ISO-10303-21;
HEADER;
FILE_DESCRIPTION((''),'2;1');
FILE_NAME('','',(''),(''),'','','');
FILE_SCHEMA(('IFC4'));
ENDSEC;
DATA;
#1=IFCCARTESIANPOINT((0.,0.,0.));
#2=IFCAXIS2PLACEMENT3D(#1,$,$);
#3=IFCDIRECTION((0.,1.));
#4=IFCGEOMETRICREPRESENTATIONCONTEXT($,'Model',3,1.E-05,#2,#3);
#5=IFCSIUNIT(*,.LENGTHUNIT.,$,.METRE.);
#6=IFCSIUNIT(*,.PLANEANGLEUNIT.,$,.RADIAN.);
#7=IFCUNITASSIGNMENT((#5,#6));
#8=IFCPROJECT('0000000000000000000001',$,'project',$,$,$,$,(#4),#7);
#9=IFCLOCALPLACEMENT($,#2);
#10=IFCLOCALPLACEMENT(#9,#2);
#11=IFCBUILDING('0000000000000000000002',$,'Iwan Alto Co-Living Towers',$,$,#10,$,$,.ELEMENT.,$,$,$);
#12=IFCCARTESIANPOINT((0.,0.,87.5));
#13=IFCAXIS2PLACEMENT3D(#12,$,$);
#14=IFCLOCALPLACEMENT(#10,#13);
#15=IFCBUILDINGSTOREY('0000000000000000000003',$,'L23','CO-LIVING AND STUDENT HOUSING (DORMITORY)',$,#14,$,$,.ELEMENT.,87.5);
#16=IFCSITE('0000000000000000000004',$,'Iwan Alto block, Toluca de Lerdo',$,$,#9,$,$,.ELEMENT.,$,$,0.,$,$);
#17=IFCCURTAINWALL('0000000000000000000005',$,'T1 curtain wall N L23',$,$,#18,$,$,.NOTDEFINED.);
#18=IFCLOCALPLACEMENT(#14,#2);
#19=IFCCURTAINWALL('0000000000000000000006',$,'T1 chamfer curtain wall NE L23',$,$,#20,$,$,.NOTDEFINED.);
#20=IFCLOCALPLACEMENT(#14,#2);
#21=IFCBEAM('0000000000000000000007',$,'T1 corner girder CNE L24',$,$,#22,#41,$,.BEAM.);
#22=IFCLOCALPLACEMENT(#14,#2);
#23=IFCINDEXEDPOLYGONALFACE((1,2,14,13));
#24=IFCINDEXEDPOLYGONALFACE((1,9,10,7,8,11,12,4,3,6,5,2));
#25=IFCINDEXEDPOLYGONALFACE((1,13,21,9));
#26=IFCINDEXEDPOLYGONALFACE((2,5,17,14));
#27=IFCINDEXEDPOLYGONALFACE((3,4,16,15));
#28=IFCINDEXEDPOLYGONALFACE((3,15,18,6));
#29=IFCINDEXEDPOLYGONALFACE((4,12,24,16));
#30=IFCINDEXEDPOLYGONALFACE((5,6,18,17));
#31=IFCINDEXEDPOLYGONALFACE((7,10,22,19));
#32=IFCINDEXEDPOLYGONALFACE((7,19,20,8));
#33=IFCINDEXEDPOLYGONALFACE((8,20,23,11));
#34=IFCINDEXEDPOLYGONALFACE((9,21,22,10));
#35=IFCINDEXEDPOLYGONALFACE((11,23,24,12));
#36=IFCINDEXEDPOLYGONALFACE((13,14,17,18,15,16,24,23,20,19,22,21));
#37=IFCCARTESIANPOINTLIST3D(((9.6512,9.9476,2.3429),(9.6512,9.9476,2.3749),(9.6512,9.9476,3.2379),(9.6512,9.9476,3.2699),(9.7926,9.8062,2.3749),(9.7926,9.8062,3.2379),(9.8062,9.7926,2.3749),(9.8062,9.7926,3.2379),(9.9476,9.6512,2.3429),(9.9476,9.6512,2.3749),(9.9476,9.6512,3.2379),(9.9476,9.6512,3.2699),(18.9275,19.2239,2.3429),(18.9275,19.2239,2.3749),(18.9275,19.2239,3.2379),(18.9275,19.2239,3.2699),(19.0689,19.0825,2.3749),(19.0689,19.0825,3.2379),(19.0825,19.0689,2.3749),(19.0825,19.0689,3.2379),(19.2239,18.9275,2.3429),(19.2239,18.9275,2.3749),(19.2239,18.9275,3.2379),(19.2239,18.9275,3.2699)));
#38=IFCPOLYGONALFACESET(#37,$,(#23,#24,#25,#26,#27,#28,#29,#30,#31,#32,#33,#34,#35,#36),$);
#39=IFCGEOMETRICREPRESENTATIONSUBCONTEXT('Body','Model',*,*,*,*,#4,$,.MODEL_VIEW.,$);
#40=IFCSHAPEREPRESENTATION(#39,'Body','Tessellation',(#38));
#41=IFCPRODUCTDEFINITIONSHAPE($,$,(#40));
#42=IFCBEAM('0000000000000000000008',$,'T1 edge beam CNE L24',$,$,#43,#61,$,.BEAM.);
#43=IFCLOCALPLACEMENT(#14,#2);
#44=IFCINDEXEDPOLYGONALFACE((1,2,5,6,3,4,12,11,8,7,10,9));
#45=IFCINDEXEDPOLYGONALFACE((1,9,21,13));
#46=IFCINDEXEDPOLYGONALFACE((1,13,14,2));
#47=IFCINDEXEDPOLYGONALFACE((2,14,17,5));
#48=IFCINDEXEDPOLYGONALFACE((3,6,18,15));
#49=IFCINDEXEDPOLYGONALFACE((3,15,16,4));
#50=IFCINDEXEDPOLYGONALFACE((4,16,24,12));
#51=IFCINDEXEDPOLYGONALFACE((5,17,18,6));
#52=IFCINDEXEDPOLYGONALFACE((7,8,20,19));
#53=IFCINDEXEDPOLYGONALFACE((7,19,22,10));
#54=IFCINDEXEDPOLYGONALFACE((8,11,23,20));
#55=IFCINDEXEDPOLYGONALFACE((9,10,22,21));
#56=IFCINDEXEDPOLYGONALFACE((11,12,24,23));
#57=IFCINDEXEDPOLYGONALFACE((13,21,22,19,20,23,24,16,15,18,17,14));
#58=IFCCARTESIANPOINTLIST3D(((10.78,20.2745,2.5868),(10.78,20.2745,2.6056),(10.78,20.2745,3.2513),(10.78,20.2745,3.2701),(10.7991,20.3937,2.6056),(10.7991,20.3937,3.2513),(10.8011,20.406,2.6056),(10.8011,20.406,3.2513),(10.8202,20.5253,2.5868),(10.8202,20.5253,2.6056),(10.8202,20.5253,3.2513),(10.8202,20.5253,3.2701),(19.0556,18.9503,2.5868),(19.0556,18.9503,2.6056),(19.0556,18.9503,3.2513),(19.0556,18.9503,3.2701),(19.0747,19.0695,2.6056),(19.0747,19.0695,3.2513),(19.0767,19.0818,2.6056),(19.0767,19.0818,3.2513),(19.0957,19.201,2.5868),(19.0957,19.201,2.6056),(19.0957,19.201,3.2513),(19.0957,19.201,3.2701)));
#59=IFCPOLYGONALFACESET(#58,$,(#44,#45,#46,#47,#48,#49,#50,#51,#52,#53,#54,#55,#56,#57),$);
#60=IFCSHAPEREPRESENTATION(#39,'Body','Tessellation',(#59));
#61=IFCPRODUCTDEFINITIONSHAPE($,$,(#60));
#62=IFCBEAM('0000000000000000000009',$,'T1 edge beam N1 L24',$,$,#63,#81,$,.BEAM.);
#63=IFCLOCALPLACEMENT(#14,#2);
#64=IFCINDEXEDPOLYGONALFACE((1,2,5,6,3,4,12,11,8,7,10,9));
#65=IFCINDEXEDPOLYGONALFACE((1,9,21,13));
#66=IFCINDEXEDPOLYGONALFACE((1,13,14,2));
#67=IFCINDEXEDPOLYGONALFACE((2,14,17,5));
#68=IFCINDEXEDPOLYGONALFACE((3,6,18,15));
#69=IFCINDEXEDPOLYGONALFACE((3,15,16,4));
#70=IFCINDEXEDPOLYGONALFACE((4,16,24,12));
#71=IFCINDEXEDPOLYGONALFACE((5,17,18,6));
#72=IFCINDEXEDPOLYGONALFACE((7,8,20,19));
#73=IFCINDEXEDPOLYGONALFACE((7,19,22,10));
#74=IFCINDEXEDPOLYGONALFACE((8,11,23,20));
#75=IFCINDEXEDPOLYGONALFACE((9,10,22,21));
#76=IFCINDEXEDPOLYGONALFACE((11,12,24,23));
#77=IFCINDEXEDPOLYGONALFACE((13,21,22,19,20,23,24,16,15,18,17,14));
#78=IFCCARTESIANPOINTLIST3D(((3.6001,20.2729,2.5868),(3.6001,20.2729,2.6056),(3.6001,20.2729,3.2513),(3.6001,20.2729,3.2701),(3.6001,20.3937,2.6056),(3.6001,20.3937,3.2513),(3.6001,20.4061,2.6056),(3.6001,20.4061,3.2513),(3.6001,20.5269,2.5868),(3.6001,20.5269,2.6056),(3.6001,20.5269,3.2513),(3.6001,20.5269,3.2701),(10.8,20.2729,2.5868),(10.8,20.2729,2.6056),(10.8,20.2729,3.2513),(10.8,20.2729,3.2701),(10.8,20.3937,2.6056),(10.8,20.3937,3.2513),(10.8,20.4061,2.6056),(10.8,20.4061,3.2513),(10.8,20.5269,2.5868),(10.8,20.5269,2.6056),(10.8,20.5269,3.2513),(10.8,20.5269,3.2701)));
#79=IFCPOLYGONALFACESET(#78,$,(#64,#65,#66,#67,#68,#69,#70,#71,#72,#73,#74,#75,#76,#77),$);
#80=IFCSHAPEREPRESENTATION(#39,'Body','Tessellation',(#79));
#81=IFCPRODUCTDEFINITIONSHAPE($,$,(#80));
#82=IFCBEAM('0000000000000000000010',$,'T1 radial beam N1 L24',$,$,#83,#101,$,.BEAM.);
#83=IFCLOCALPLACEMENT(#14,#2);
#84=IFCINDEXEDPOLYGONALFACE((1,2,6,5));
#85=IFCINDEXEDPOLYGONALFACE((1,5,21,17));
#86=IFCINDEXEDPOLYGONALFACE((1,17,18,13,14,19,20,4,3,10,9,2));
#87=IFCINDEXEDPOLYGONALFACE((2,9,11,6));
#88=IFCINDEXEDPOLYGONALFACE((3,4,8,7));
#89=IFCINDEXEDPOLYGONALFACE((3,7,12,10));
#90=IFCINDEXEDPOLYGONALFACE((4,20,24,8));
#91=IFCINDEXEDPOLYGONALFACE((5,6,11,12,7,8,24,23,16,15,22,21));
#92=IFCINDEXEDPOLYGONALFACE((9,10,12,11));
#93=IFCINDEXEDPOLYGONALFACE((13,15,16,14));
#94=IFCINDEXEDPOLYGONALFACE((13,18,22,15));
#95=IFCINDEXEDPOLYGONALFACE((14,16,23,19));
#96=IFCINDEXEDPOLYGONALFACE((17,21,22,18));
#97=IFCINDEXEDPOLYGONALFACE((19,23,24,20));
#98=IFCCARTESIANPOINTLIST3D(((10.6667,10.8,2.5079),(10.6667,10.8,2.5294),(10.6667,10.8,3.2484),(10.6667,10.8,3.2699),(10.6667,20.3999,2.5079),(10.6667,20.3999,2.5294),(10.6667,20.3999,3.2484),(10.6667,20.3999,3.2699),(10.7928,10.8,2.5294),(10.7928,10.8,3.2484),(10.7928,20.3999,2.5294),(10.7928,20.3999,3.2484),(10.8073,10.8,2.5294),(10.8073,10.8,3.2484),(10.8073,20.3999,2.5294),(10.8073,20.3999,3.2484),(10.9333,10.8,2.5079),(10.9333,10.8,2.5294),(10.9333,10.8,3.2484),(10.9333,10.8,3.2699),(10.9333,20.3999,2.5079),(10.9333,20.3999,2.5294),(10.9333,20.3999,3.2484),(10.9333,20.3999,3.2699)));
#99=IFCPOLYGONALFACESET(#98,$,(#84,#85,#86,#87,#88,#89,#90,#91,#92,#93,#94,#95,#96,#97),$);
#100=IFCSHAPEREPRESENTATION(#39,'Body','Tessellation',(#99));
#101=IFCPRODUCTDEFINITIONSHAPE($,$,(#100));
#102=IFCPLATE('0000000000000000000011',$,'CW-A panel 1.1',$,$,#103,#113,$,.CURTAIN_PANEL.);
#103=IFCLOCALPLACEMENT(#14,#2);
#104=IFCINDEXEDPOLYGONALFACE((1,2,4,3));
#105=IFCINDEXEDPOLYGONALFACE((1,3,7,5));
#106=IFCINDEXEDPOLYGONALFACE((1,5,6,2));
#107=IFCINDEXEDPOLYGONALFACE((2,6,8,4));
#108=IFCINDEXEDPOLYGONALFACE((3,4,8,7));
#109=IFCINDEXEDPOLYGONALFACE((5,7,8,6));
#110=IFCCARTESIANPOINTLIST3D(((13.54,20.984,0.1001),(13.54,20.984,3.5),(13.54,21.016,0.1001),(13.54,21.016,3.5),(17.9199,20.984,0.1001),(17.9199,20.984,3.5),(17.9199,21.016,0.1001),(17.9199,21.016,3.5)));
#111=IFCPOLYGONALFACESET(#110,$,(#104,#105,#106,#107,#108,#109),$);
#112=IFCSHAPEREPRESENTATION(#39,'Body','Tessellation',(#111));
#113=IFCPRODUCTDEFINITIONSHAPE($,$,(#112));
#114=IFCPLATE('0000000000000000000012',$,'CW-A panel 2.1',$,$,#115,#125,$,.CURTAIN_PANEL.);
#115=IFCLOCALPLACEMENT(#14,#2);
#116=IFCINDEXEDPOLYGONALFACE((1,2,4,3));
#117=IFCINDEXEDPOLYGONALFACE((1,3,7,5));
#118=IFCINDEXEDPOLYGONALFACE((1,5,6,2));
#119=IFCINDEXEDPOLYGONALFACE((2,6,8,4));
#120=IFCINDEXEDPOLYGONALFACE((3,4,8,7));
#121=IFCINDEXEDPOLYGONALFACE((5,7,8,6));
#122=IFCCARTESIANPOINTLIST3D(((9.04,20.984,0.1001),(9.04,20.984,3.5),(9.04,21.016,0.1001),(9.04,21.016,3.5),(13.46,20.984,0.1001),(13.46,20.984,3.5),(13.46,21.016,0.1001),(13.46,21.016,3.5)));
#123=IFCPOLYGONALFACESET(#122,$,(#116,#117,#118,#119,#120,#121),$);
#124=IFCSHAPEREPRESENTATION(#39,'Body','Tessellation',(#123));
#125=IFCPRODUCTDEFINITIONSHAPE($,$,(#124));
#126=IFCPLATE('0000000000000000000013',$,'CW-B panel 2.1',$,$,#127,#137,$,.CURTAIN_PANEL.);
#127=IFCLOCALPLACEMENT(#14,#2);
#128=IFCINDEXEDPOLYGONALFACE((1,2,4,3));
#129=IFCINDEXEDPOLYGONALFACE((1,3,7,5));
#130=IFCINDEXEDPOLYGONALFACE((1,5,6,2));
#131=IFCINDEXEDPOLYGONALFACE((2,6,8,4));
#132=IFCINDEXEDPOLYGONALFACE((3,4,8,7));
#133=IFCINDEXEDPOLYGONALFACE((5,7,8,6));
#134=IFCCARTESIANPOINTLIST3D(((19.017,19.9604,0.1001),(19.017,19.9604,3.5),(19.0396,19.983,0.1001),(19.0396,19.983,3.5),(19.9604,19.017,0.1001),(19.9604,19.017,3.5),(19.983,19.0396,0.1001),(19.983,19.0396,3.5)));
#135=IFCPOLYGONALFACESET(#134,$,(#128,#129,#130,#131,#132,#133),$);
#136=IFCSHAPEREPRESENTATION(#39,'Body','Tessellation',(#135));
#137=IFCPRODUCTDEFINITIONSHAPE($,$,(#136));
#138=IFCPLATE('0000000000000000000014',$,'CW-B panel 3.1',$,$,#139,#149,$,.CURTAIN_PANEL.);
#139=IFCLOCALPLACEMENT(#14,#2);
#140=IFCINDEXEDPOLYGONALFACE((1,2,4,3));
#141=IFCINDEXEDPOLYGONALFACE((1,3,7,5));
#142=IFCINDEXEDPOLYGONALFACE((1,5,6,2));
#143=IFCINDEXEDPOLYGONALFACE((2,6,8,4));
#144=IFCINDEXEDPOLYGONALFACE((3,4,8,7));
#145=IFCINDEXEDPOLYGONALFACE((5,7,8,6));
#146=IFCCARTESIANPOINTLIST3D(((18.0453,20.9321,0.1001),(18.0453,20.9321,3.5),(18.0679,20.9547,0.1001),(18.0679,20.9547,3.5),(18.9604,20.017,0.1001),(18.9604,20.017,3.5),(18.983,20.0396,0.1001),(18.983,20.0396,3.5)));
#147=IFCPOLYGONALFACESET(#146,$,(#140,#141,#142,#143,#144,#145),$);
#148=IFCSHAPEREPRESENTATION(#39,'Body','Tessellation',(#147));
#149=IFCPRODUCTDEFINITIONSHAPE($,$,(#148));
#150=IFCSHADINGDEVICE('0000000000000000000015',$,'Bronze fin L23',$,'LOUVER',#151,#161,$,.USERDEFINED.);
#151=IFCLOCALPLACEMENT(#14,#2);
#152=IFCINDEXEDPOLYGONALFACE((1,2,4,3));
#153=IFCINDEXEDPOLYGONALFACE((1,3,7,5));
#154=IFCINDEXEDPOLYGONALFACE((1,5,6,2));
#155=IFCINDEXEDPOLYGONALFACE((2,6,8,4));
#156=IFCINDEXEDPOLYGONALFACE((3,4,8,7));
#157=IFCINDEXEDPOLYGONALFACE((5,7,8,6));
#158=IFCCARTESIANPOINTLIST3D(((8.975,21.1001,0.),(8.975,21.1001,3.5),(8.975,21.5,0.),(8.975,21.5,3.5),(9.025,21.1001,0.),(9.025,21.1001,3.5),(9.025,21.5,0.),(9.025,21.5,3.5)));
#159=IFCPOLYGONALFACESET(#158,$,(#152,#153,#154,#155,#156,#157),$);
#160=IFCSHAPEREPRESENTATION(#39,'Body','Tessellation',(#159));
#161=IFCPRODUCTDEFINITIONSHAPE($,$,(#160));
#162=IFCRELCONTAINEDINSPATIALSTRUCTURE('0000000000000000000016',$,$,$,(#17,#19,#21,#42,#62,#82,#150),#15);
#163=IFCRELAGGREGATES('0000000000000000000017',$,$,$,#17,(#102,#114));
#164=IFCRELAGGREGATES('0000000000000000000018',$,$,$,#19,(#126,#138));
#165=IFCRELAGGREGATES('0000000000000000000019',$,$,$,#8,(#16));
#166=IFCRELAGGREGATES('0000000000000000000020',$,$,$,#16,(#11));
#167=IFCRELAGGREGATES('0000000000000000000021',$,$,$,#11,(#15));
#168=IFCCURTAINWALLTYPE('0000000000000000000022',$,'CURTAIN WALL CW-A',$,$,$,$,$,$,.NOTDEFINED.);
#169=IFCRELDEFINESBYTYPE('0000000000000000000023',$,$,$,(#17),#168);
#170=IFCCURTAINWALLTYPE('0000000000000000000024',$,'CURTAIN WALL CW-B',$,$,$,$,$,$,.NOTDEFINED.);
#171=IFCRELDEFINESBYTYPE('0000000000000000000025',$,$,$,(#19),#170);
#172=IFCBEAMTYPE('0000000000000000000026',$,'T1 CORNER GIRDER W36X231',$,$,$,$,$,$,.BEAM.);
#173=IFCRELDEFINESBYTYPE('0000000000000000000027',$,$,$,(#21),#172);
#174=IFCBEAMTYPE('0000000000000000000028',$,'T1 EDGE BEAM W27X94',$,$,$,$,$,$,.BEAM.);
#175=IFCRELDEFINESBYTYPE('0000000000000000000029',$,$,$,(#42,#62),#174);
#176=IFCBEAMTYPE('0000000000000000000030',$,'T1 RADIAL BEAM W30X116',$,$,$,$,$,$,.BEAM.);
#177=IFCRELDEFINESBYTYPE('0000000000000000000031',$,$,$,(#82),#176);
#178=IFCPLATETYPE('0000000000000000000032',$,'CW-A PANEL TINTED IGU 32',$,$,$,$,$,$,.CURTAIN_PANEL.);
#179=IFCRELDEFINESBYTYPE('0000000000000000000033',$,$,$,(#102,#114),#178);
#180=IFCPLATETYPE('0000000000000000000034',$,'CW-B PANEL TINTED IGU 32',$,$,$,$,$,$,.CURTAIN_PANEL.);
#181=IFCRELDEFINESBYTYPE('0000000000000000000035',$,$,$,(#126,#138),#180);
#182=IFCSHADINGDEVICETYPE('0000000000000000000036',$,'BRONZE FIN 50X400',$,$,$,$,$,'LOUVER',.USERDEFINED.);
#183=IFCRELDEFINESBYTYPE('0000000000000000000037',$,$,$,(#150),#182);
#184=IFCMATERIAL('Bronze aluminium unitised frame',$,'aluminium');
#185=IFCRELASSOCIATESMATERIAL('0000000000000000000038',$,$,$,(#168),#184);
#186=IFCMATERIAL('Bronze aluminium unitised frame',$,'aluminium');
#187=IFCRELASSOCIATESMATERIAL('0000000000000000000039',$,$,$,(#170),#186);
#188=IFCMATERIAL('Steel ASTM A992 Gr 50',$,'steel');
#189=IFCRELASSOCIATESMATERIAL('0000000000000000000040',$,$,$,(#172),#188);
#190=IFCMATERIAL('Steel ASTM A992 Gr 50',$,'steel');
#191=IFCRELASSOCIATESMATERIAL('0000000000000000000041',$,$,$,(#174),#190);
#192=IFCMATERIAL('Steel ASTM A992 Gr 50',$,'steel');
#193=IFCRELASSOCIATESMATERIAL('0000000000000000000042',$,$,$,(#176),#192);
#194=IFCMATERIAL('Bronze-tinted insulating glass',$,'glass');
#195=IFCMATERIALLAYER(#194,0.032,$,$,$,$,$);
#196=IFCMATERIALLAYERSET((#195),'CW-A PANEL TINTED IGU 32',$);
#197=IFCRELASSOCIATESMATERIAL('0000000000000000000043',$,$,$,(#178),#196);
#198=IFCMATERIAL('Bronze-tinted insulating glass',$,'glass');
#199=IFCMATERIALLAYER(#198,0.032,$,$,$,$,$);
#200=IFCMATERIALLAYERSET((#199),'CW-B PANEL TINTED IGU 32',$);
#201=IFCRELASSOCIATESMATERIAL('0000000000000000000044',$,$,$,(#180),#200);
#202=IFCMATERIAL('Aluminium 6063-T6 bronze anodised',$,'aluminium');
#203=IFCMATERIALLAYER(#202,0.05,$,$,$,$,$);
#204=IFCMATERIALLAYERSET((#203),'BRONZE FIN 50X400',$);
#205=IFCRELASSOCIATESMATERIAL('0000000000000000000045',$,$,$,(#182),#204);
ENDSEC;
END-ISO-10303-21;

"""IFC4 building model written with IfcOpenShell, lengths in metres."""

from ifc_helpers import new_model, si_unit, direction, frame, origin, origin_2d, place, context, subcontext, project, spatial, rectangle, i_section, extrude, material, layer, layer_set, material_profile, profile_set, type_object, element, aggregate, save


model = new_model("IFC4")

# Units and contexts
model_context = context("Model", 3, precision=1e-05, world=origin(), true_north=direction((0.0, 1.0)))
body_context = subcontext(model_context, "Body", "Model", "MODEL_VIEW")
ifc_project = project(units=[si_unit("LENGTHUNIT", "METRE"), si_unit("PLANEANGLEUNIT", "RADIAN")], contexts=[model_context])

# Site, building, storey
site_placement = place(None, origin())
site = spatial("IfcSite", under=ifc_project, at=site_placement, Name="Iwan Alto block, Toluca de Lerdo", CompositionType="ELEMENT", RefElevation=0.0)
building_placement = place(site_placement, origin())
building = spatial("IfcBuilding", under=site, at=building_placement, Name="Iwan Alto Co-Living Towers", CompositionType="ELEMENT")
storey_placement = place(building_placement, frame((0.0, 0.0, 87.5)))
storey = spatial("IfcBuildingStorey", under=building, at=storey_placement, Name="L23", Description="CO-LIVING AND STUDENT HOUSING (DORMITORY)", CompositionType="ELEMENT", Elevation=87.5)

# Curtain walls
ifc_material_1 = material(Name="Bronze aluminium unitised frame", Category="aluminium")
curtain_wall_type_1 = type_object("IfcCurtainWallType", Name="CURTAIN WALL CW-A", PredefinedType="NOTDEFINED", material=ifc_material_1)
curtain_wall_1_placement = place(storey_placement, origin())
curtain_wall_1 = element("IfcCurtainWall", 1, at=curtain_wall_1_placement, inside=storey, type_object=curtain_wall_type_1, Name="T1 curtain wall N L23", PredefinedType="NOTDEFINED")
ifc_material_2 = material(Name="Bronze aluminium unitised frame", Category="aluminium")
curtain_wall_type_2 = type_object("IfcCurtainWallType", Name="CURTAIN WALL CW-B", PredefinedType="NOTDEFINED", material=ifc_material_2)
curtain_wall_2_placement = place(storey_placement, origin())
curtain_wall_2 = element("IfcCurtainWall", 2, at=curtain_wall_2_placement, inside=storey, type_object=curtain_wall_type_2, Name="T1 chamfer curtain wall NE L23", PredefinedType="NOTDEFINED")

# Beams
ifc_material_3 = material(Name="Steel ASTM A992 Gr 50", Category="steel")
ifc_material_profile_1 = material_profile(ifc_material_3, i_section(OverallWidth=0.4192, OverallDepth=0.927, WebThickness=0.0193, FlangeThickness=0.032, at=origin_2d()), Name="W36X231")
ifc_profile_set_1 = profile_set([ifc_material_profile_1], Name="Steel ASTM A992 Gr 50")
beam_type_1 = type_object("IfcBeamType", Name="T1 CORNER GIRDER W36X231", PredefinedType="BEAM", material=ifc_profile_set_1)
beam_1_placement = place(storey_placement, frame((19.0757, 19.0757, 2.8064), z_axis=(-0.707107, -0.707107, 0.0), x_axis=(0.707107, -0.707107, 0.0)))
element("IfcBeam", 3, at=beam_1_placement, inside=storey, type_object=beam_type_1, Name="T1 corner girder CNE L24", PredefinedType="BEAM", context=body_context, shape_type="SweptSolid", body=[
    extrude(i_section(OverallWidth=0.4192, OverallDepth=0.927, WebThickness=0.0193, FlangeThickness=0.032, at=origin_2d()), origin(), (0.0, 0.0, 1.0), 13.1187),
])
ifc_material_4 = material(Name="Steel ASTM A992 Gr 50", Category="steel")
ifc_material_profile_2 = material_profile(ifc_material_4, i_section(OverallWidth=0.2539, OverallDepth=0.6833, WebThickness=0.0125, FlangeThickness=0.0188, at=origin_2d()), Name="W27X94")
ifc_profile_set_2 = profile_set([ifc_material_profile_2], Name="Steel ASTM A992 Gr 50")
beam_type_2 = type_object("IfcBeamType", Name="T1 EDGE BEAM W27X94", PredefinedType="BEAM", material=ifc_profile_set_2)
beam_2_placement = place(storey_placement, frame((19.0757, 19.0757, 2.9285), z_axis=(-0.987438, 0.158004, 0.0), x_axis=(-0.158004, -0.987438, 0.0)))
element("IfcBeam", 4, at=beam_2_placement, inside=storey, type_object=beam_type_2, Name="T1 edge beam CNE L24", PredefinedType="BEAM", context=body_context, shape_type="SweptSolid", body=[
    extrude(i_section(OverallWidth=0.2539, OverallDepth=0.6833, WebThickness=0.0125, FlangeThickness=0.0188, at=origin_2d()), origin(), (0.0, 0.0, 1.0), 8.3809),
])
beam_3_placement = place(storey_placement, frame((10.8, 20.3999, 2.9285), z_axis=(-1.0, 0.0, 0.0), x_axis=(0.0, -1.0, 0.0)))
element("IfcBeam", 5, at=beam_3_placement, inside=storey, type_object=beam_type_2, Name="T1 edge beam N1 L24", PredefinedType="BEAM", context=body_context, shape_type="SweptSolid", body=[
    extrude(i_section(OverallWidth=0.2539, OverallDepth=0.6833, WebThickness=0.0125, FlangeThickness=0.0188, at=origin_2d()), origin(), (0.0, 0.0, 1.0), 7.2),
])
ifc_material_5 = material(Name="Steel ASTM A992 Gr 50", Category="steel")
ifc_material_profile_3 = material_profile(ifc_material_5, i_section(OverallWidth=0.2666, OverallDepth=0.762, WebThickness=0.0144, FlangeThickness=0.0215, at=origin_2d()), Name="W30X116")
ifc_profile_set_3 = profile_set([ifc_material_profile_3], Name="Steel ASTM A992 Gr 50")
beam_type_3 = type_object("IfcBeamType", Name="T1 RADIAL BEAM W30X116", PredefinedType="BEAM", material=ifc_profile_set_3)
beam_4_placement = place(storey_placement, frame((10.8, 20.3999, 2.8889), z_axis=(0.0, -1.0, 0.0), x_axis=(1.0, 0.0, 0.0)))
element("IfcBeam", 6, at=beam_4_placement, inside=storey, type_object=beam_type_3, Name="T1 radial beam N1 L24", PredefinedType="BEAM", context=body_context, shape_type="SweptSolid", body=[
    extrude(i_section(OverallWidth=0.2666, OverallDepth=0.762, WebThickness=0.0144, FlangeThickness=0.0215, at=origin_2d()), origin(), (0.0, 0.0, 1.0), 9.5999),
])

# Plates
ifc_material_6 = material(Name="Bronze-tinted insulating glass", Category="glass")
ifc_layer_1 = layer(ifc_material_6, 0.032)
ifc_layer_set_1 = layer_set([ifc_layer_1], Name="CW-A PANEL TINTED IGU 32")
plate_type_1 = type_object("IfcPlateType", Name="CW-A PANEL TINTED IGU 32", PredefinedType="CURTAIN_PANEL", material=ifc_layer_set_1)
plate_1_placement = place(storey_placement, frame((15.73, 21.0, 0.1001), z_axis=(0.0, 0.0, 1.0), x_axis=(-1.0, 0.0, 0.0)))
plate_1 = element("IfcPlate", 7, at=plate_1_placement, type_object=plate_type_1, Name="CW-A panel 1.1", PredefinedType="CURTAIN_PANEL", context=body_context, shape_type="SweptSolid", body=[
    extrude(rectangle(XDim=4.3799, YDim=0.032, at=origin_2d()), origin(), (0.0, 0.0, 1.0), 3.3999),
])
plate_2_placement = place(storey_placement, frame((11.25, 21.0, 0.1001), z_axis=(0.0, 0.0, 1.0), x_axis=(-1.0, 0.0, 0.0)))
plate_2 = element("IfcPlate", 8, at=plate_2_placement, type_object=plate_type_1, Name="CW-A panel 2.1", PredefinedType="CURTAIN_PANEL", context=body_context, shape_type="SweptSolid", body=[
    extrude(rectangle(XDim=4.4199, YDim=0.032, at=origin_2d()), origin(), (0.0, 0.0, 1.0), 3.3999),
])
aggregate(curtain_wall_1, [plate_1, plate_2])
ifc_material_7 = material(Name="Bronze-tinted insulating glass", Category="glass")
ifc_layer_2 = layer(ifc_material_7, 0.032)
ifc_layer_set_2 = layer_set([ifc_layer_2], Name="CW-B PANEL TINTED IGU 32")
plate_type_2 = type_object("IfcPlateType", Name="CW-B PANEL TINTED IGU 32", PredefinedType="CURTAIN_PANEL", material=ifc_layer_set_2)
plate_3_placement = place(storey_placement, frame((19.5, 19.5, 0.1001), z_axis=(0.0, 0.0, 1.0), x_axis=(-0.707107, 0.707107, 0.0)))
plate_3 = element("IfcPlate", 9, at=plate_3_placement, type_object=plate_type_2, Name="CW-B panel 2.1", PredefinedType="CURTAIN_PANEL", context=body_context, shape_type="SweptSolid", body=[
    extrude(rectangle(XDim=1.3342, YDim=0.032, at=origin_2d()), origin(), (0.0, 0.0, 1.0), 3.3999),
])
plate_4_placement = place(storey_placement, frame((18.5142, 20.4858, 0.1001), z_axis=(0.0, 0.0, 1.0), x_axis=(-0.707107, 0.707107, 0.0)))
plate_4 = element("IfcPlate", 10, at=plate_4_placement, type_object=plate_type_2, Name="CW-B panel 3.1", PredefinedType="CURTAIN_PANEL", context=body_context, shape_type="SweptSolid", body=[
    extrude(rectangle(XDim=1.2942, YDim=0.032, at=origin_2d()), origin(), (0.0, 0.0, 1.0), 3.3999),
])
aggregate(curtain_wall_2, [plate_3, plate_4])

# Shading device
ifc_material_8 = material(Name="Aluminium 6063-T6 bronze anodised", Category="aluminium")
ifc_layer_3 = layer(ifc_material_8, 0.05)
ifc_layer_set_3 = layer_set([ifc_layer_3], Name="BRONZE FIN 50X400")
shading_device_type = type_object("IfcShadingDeviceType", Name="BRONZE FIN 50X400", ElementType="LOUVER", PredefinedType="USERDEFINED", material=ifc_layer_set_3)
shading_device_placement = place(storey_placement, frame((9.0, 21.3, 0.0), z_axis=(0.0, 0.0, 1.0), x_axis=(-1.0, 0.0, 0.0)))
element("IfcShadingDevice", 11, at=shading_device_placement, inside=storey, type_object=shading_device_type, Name="Bronze fin L23", ObjectType="LOUVER", PredefinedType="USERDEFINED", context=body_context, shape_type="SweptSolid", body=[
    extrude(rectangle(XDim=0.05, YDim=0.3999, at=origin_2d()), origin(), (0.0, 0.0, 1.0), 3.5),
])

save(model, "model.ifc")
